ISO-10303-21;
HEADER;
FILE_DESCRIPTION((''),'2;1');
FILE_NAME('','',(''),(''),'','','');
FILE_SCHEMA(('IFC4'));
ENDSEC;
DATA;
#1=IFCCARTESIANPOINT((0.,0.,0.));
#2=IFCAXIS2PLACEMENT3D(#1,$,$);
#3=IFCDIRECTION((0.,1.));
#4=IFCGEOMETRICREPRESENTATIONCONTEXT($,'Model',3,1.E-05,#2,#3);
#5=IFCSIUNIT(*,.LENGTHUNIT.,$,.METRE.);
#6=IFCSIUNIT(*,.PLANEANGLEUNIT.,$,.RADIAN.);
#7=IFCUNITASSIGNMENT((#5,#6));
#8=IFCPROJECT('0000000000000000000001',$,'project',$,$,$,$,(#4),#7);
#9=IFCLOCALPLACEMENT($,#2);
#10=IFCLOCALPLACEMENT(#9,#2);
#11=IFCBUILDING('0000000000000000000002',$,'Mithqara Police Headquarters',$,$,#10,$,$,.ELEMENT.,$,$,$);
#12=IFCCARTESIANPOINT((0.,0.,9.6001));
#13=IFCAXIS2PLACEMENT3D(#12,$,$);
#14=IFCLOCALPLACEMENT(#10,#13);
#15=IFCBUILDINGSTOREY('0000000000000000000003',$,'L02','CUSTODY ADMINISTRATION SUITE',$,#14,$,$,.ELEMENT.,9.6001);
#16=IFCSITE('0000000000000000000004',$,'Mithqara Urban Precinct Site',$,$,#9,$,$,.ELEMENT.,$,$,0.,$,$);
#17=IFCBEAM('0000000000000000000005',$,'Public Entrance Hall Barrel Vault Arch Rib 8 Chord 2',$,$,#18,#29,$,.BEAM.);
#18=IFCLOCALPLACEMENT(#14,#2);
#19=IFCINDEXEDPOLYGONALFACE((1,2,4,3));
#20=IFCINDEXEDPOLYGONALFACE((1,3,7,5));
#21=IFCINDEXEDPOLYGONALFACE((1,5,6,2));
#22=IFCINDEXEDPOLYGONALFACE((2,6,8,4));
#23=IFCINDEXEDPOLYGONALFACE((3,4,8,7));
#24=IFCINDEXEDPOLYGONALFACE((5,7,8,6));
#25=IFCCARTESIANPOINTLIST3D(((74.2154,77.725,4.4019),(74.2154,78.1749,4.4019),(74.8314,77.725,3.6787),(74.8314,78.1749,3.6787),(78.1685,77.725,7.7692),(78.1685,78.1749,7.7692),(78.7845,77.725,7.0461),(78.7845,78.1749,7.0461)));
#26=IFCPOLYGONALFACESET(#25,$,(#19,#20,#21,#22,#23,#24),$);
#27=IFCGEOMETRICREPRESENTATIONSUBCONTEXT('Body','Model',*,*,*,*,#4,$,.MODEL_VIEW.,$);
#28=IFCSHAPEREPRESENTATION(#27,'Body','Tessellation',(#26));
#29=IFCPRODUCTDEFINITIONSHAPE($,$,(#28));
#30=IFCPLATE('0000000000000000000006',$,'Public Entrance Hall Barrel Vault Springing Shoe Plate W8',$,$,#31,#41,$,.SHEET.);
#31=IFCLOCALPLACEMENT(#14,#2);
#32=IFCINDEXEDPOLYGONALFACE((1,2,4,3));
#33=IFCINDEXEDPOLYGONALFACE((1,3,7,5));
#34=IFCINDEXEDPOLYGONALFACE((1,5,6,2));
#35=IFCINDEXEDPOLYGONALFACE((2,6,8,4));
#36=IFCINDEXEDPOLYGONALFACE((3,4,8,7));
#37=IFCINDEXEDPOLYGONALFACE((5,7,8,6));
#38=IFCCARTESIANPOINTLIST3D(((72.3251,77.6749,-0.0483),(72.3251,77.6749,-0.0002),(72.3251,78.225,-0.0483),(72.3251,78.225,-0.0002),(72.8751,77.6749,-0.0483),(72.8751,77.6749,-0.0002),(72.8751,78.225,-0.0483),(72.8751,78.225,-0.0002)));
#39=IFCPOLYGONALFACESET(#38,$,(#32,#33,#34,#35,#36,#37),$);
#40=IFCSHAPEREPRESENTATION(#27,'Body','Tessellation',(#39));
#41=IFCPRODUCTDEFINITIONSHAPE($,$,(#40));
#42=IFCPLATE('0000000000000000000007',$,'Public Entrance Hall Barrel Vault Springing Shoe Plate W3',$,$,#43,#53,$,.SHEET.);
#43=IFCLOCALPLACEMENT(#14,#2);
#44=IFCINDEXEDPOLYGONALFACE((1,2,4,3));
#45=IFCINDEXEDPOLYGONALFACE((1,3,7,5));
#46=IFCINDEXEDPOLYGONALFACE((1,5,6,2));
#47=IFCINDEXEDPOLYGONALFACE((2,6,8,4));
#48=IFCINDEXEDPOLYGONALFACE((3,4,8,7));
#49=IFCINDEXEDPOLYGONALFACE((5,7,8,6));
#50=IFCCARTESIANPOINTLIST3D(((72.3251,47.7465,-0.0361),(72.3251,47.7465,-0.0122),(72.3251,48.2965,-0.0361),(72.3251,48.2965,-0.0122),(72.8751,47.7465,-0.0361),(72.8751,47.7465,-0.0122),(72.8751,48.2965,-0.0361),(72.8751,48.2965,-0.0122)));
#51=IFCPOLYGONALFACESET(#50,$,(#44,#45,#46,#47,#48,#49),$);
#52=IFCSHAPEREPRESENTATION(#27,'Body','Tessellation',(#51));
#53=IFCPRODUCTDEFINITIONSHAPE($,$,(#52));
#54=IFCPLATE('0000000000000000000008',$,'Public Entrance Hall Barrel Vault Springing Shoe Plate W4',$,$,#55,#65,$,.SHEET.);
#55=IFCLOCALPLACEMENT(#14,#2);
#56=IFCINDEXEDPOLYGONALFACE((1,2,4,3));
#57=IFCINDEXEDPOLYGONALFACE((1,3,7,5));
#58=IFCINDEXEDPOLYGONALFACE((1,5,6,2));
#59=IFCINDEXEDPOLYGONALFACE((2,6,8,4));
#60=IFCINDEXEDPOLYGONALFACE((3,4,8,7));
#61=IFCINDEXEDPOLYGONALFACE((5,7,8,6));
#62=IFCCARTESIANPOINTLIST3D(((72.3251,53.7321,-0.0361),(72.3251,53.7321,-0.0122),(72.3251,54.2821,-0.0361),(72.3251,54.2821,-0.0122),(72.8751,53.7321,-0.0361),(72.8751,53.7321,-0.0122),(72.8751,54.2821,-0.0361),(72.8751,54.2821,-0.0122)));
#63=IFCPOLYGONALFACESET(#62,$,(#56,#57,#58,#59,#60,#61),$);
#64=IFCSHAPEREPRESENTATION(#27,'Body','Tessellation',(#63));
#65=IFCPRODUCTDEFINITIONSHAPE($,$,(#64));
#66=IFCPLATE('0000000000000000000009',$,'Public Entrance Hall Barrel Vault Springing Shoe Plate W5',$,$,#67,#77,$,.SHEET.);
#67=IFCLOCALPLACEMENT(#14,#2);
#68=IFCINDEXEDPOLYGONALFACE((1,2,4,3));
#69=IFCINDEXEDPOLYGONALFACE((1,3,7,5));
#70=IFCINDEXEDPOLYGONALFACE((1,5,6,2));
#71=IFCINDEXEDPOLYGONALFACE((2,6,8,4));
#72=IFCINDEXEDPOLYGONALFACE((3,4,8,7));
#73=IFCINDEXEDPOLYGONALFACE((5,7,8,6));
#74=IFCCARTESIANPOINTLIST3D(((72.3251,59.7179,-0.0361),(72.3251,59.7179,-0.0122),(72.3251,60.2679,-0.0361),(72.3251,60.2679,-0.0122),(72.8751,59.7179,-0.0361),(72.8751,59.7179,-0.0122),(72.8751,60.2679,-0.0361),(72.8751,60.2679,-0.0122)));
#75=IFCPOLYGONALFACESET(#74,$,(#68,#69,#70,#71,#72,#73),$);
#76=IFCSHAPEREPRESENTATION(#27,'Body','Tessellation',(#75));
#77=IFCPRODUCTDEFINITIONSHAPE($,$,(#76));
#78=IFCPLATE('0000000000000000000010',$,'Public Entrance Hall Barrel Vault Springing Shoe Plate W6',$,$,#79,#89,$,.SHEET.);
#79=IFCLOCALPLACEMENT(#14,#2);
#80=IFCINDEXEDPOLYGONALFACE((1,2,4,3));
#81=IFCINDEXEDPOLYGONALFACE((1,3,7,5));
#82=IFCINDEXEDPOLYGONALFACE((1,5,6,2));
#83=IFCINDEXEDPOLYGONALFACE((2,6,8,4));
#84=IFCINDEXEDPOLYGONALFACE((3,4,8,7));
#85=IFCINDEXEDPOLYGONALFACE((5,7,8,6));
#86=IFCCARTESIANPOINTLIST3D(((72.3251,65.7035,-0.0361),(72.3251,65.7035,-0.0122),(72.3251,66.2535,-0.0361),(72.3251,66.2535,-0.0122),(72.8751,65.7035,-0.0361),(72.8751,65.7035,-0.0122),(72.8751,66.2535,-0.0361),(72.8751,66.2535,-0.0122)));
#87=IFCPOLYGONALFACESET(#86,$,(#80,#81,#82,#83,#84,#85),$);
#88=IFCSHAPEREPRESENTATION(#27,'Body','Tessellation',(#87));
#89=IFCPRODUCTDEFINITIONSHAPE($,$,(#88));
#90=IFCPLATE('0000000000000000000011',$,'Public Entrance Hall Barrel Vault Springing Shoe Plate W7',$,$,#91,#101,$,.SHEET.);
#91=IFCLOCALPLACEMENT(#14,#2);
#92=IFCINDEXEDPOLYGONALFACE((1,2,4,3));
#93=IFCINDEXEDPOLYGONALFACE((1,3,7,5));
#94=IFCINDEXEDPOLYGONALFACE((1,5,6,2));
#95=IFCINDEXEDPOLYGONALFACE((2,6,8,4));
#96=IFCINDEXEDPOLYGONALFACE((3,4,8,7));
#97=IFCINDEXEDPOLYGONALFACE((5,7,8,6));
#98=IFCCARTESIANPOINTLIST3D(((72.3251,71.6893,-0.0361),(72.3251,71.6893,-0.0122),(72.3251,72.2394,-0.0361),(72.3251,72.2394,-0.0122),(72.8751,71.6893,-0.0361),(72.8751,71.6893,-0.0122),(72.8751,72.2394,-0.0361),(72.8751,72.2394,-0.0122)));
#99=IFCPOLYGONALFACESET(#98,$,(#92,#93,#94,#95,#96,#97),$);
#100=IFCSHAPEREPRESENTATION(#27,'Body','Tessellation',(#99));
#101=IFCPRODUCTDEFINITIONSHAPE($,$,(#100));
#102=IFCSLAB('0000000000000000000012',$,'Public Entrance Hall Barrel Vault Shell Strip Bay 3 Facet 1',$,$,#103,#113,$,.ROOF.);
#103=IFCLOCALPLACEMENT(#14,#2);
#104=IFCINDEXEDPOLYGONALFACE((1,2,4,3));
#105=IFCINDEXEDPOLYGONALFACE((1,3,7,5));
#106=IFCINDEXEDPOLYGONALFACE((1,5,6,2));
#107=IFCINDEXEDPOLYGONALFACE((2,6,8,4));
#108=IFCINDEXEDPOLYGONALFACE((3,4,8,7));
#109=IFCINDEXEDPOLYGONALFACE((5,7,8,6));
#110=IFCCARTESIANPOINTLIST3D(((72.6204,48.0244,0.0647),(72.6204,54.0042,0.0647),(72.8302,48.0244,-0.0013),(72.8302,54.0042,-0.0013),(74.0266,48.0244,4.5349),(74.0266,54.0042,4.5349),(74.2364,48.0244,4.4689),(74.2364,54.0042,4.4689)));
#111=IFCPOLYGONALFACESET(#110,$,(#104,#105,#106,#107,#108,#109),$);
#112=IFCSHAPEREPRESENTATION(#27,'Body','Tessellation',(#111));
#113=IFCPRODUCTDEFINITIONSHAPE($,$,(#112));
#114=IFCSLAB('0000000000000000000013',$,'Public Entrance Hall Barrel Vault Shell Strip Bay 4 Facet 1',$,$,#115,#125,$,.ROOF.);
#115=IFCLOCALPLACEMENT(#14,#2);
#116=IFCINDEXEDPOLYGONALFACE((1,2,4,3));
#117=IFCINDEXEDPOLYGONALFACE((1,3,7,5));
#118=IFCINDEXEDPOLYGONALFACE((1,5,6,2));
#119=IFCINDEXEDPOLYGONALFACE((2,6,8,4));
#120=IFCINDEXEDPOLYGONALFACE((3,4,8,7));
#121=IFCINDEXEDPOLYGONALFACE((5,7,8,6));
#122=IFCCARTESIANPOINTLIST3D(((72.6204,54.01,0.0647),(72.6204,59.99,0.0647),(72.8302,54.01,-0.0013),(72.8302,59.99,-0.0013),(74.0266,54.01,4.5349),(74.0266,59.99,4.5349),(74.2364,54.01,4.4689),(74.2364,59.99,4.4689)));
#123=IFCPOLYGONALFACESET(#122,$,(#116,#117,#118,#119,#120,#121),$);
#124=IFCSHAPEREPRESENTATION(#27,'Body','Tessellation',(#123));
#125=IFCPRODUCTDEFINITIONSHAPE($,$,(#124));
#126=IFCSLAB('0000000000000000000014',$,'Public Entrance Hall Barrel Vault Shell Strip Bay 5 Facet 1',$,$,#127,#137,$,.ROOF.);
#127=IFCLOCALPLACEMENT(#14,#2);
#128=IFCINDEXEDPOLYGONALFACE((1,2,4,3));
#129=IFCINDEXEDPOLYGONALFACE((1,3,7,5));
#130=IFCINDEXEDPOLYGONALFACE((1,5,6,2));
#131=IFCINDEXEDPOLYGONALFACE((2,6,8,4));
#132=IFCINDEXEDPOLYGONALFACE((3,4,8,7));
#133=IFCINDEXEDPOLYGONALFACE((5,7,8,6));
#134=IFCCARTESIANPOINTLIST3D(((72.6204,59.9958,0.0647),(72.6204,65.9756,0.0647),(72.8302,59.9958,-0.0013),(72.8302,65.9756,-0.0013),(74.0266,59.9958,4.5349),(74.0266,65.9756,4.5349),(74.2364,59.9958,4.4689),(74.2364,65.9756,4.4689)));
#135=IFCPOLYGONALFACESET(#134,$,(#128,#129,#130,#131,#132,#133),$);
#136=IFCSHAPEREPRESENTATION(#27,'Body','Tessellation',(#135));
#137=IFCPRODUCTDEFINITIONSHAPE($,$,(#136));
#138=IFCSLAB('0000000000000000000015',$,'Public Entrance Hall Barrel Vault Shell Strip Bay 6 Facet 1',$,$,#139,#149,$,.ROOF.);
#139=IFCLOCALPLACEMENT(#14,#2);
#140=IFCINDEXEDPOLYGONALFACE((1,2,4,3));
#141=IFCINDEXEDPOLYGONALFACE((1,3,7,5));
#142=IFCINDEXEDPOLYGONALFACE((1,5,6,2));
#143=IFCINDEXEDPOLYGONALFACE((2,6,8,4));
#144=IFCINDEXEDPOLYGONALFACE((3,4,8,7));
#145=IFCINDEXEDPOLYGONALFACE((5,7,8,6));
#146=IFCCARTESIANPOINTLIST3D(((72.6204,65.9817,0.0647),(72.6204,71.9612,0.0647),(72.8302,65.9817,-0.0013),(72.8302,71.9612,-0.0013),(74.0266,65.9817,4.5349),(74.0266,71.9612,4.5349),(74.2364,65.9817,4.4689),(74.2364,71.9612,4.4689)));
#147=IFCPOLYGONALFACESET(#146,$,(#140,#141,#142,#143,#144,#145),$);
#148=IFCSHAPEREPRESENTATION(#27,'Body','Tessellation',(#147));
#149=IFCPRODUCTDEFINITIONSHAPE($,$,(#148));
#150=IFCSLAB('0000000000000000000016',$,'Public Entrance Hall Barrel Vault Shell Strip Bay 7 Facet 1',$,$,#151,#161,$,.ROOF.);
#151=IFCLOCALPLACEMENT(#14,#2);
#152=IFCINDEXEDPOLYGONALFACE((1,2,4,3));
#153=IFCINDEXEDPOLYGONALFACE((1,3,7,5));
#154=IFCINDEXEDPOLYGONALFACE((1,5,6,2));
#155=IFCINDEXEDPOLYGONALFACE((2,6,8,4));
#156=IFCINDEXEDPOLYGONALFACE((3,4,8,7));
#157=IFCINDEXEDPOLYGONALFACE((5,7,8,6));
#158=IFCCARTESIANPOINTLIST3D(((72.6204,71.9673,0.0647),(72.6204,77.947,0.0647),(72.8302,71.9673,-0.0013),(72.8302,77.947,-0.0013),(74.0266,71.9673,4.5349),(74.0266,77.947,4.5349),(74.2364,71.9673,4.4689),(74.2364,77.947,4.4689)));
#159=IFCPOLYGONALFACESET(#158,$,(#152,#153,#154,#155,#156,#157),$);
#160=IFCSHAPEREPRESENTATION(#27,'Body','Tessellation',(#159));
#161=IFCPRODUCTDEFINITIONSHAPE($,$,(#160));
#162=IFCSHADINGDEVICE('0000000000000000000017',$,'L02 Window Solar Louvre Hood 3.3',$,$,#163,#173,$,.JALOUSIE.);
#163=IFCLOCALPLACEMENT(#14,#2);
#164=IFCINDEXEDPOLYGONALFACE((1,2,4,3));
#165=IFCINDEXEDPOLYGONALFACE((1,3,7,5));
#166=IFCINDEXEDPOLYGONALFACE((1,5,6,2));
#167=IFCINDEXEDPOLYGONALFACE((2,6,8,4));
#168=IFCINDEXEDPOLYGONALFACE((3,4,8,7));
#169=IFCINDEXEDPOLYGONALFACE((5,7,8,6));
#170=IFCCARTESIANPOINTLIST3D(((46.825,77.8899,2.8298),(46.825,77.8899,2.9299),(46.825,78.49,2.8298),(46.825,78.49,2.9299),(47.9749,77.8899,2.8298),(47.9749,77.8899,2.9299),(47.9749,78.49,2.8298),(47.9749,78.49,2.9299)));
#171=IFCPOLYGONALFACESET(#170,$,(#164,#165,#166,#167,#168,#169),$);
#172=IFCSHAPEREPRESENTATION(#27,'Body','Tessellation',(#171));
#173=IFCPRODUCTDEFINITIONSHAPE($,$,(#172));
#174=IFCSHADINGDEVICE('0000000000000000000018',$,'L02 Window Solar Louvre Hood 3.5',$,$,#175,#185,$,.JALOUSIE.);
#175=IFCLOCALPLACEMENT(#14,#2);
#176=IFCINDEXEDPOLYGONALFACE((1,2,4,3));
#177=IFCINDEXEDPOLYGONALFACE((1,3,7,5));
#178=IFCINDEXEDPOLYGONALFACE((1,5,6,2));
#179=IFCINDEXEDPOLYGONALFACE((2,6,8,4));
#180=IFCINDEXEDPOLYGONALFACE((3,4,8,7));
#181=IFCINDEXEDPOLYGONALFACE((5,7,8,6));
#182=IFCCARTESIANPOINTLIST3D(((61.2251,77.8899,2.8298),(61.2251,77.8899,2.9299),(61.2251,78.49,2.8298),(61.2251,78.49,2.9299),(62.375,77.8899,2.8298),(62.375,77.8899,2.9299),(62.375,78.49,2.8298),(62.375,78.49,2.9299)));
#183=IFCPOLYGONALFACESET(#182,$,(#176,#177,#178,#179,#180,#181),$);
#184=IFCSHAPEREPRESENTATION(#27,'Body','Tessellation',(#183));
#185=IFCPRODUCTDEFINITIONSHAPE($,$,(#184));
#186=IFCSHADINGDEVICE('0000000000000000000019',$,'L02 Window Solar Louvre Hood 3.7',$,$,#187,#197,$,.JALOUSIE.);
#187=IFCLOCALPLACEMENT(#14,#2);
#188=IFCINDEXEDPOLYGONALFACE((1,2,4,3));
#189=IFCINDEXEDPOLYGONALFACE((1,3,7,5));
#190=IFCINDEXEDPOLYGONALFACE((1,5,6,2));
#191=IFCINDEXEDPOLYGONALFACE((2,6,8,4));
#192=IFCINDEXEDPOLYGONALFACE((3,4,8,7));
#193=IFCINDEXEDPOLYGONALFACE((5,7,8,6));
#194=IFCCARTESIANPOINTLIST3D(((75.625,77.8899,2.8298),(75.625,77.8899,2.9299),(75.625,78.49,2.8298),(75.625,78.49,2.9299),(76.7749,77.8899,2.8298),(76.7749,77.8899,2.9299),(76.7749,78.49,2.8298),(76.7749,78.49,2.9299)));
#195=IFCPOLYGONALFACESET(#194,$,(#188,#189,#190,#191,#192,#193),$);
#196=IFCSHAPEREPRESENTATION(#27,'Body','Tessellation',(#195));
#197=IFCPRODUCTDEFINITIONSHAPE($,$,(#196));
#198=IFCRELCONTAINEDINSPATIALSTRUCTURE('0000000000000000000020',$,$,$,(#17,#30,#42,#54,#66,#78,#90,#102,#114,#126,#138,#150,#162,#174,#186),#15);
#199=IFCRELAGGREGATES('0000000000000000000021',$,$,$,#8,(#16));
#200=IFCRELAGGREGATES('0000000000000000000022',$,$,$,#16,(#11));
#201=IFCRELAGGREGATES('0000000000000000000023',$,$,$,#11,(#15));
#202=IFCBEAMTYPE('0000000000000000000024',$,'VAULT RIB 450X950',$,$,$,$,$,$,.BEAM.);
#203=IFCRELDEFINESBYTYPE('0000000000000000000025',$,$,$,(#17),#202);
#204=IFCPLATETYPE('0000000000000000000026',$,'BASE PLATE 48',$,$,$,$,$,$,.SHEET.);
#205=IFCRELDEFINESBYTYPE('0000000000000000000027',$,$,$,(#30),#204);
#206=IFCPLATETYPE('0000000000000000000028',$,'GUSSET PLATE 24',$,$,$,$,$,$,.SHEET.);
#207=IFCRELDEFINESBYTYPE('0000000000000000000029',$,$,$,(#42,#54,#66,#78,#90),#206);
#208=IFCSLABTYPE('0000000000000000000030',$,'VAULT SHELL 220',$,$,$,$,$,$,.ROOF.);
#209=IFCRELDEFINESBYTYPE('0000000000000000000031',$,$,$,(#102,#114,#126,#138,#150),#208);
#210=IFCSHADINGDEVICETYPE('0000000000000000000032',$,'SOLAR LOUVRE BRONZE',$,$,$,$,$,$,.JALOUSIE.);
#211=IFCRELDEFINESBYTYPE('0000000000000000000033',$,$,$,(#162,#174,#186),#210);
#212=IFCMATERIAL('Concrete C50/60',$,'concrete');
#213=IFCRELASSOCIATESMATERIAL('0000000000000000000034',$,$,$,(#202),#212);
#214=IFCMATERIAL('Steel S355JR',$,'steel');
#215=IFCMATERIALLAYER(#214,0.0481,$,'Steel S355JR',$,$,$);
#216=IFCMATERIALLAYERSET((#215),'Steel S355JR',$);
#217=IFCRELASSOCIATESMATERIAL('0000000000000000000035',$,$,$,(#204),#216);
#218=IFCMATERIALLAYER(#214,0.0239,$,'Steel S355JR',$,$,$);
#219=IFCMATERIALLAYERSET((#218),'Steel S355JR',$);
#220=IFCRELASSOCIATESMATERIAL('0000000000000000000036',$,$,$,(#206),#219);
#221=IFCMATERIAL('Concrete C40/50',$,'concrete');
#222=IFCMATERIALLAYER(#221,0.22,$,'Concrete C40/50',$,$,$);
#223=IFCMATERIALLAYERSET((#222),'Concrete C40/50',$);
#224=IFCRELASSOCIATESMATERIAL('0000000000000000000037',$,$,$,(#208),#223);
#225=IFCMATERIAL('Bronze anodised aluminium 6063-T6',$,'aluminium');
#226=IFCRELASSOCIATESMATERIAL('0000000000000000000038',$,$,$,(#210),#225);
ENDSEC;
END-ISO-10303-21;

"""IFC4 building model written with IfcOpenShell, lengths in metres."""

from ifc_helpers import new_model, si_unit, direction, frame, origin, origin_2d, place, context, subcontext, project, spatial, polyline, rectangle, outline, extrude, material, layer, layer_set, material_profile, profile_set, type_object, element, save


model = new_model("IFC4")

# Units and contexts
model_context = context("Model", 3, precision=1e-05, world=origin(), true_north=direction((0.0, 1.0)))
body_context = subcontext(model_context, "Body", "Model", "MODEL_VIEW")
ifc_project = project(units=[si_unit("LENGTHUNIT", "METRE"), si_unit("PLANEANGLEUNIT", "RADIAN")], contexts=[model_context])

# Site, building, storey
site_placement = place(None, origin())
site = spatial("IfcSite", under=ifc_project, at=site_placement, Name="Mithqara Urban Precinct Site", CompositionType="ELEMENT", RefElevation=0.0)
building_placement = place(site_placement, origin())
building = spatial("IfcBuilding", under=site, at=building_placement, Name="Mithqara Police Headquarters", CompositionType="ELEMENT")
storey_placement = place(building_placement, frame((0.0, 0.0, 9.6001)))
storey = spatial("IfcBuildingStorey", under=building, at=storey_placement, Name="L02", Description="CUSTODY ADMINISTRATION SUITE", CompositionType="ELEMENT", Elevation=9.6001)

# Shared definitions
ifc_material_1 = material(Name="Concrete C50/60", Category="concrete")

# Beam
ifc_material_2 = material(Name="Concrete C40/50", Category="concrete")
ifc_material_profile_1 = material_profile(ifc_material_1, rectangle(XDim=0.45, YDim=0.95, at=origin_2d()), Name="RIB 450x950")
ifc_profile_set_1 = profile_set([ifc_material_profile_1], Name="Concrete C50/60")
beam_type_1 = type_object("IfcBeamType", Name="VAULT RIB 450X950", PredefinedType="BEAM", material=ifc_profile_set_1)
beam_1_placement = place(storey_placement, frame((74.5234, 77.95, 4.0403), z_axis=(0.761248, 0.0, 0.648461), x_axis=(0.0, 1.0, 0.0)))
element("IfcBeam", 1, at=beam_1_placement, inside=storey, type_object=beam_type_1, Name="Public Entrance Hall Barrel Vault Arch Rib 8 Chord 2", PredefinedType="BEAM", context=body_context, shape_type="SweptSolid", body=[
    extrude(rectangle(XDim=0.45, YDim=0.95, at=origin_2d()), origin(), (0.0, 0.0, 1.0), 5.1929),
])

# Plates
ifc_material_3 = material(Name="Steel S355JR", Category="steel")
ifc_layer_1 = layer(ifc_material_3, 0.0481, Name="Steel S355JR")
ifc_layer_set_1 = layer_set([ifc_layer_1], Name="Steel S355JR")
plate_type_1 = type_object("IfcPlateType", Name="BASE PLATE 48", PredefinedType="SHEET", material=ifc_layer_set_1)
plate_placement = place(storey_placement, frame((72.6001, 77.95, -0.0483), z_axis=(0.0, 0.0, 1.0), x_axis=(1.0, 0.0, 0.0)))
element("IfcPlate", 2, at=plate_placement, inside=storey, type_object=plate_type_1, Name="Public Entrance Hall Barrel Vault Springing Shoe Plate W8", PredefinedType="SHEET", context=body_context, shape_type="SweptSolid", body=[
    extrude(rectangle(XDim=0.55, YDim=0.55, at=origin_2d()), origin(), (0.0, 0.0, 1.0), 0.0481),
])
ifc_layer_2 = layer(ifc_material_3, 0.0239, Name="Steel S355JR")
ifc_layer_set_2 = layer_set([ifc_layer_2], Name="Steel S355JR")
plate_type_2 = type_object("IfcPlateType", Name="GUSSET PLATE 24", PredefinedType="SHEET", material=ifc_layer_set_2)
for number, where, z_axis, x_axis, name in (
    (3, (72.6001, 48.0215, -0.0361), (0.0, 0.0, 1.0), (1.0, 0.0, 0.0), "Public Entrance Hall Barrel Vault Springing Shoe Plate W3"),
    (4, (72.6001, 54.0071, -0.0361), (0.0, 0.0, 1.0), (1.0, 0.0, 0.0), "Public Entrance Hall Barrel Vault Springing Shoe Plate W4"),
    (5, (72.6001, 59.9929, -0.0361), (0.0, 0.0, 1.0), (1.0, 0.0, 0.0), "Public Entrance Hall Barrel Vault Springing Shoe Plate W5"),
    (6, (72.6001, 65.9785, -0.0361), (0.0, 0.0, 1.0), (1.0, 0.0, 0.0), "Public Entrance Hall Barrel Vault Springing Shoe Plate W6"),
    (7, (72.6001, 71.9644, -0.0361), (0.0, 0.0, 1.0), (1.0, 0.0, 0.0), "Public Entrance Hall Barrel Vault Springing Shoe Plate W7"),
):
    element("IfcPlate", number, at=place(storey_placement, frame(where, z_axis=z_axis, x_axis=x_axis)), inside=storey, type_object=plate_type_2, Name=name, PredefinedType="SHEET", context=body_context, shape_type="SweptSolid", body=[
        extrude(rectangle(XDim=0.55, YDim=0.55, at=origin_2d()), origin(), (0.0, 0.0, 1.0), 0.0239),
    ])

# Slabs
ifc_layer_3 = layer(ifc_material_2, 0.22, Name="Concrete C40/50")
ifc_layer_set_3 = layer_set([ifc_layer_3], Name="Concrete C40/50")
slab_type = type_object("IfcSlabType", Name="VAULT SHELL 220", PredefinedType="ROOF", material=ifc_layer_set_3)
slab_1_placement = place(storey_placement, frame((72.6204, 48.0244, 0.0647), z_axis=(-0.953913, 0.0, 0.300084), x_axis=(0.300084, 0.0, 0.953913)))
element("IfcSlab", 8, at=slab_1_placement, inside=storey, type_object=slab_type, Name="Public Entrance Hall Barrel Vault Shell Strip Bay 3 Facet 1", PredefinedType="ROOF", context=body_context, shape_type="SweptSolid", body=[
    extrude(outline(polyline([(0.0, 0.0), (4.6862, 0.0), (4.6862, 5.9797), (0.0, 5.9797), (0.0, 0.0)])), origin(), (0.0, 0.0, -1.0), 0.22),
])
slab_2_placement = place(storey_placement, frame((72.6204, 54.01, 0.0647), z_axis=(-0.953913, 0.0, 0.300084), x_axis=(0.300084, 0.0, 0.953913)))
element("IfcSlab", 9, at=slab_2_placement, inside=storey, type_object=slab_type, Name="Public Entrance Hall Barrel Vault Shell Strip Bay 4 Facet 1", PredefinedType="ROOF", context=body_context, shape_type="SweptSolid", body=[
    extrude(outline(polyline([(0.0, 0.0), (4.6862, 0.0), (4.6862, 5.98), (0.0, 5.98), (0.0, 0.0)])), origin(), (0.0, 0.0, -1.0), 0.22),
])
slab_3_placement = place(storey_placement, frame((72.6204, 59.9958, 0.0647), z_axis=(-0.953913, 0.0, 0.300084), x_axis=(0.300084, 0.0, 0.953913)))
element("IfcSlab", 10, at=slab_3_placement, inside=storey, type_object=slab_type, Name="Public Entrance Hall Barrel Vault Shell Strip Bay 5 Facet 1", PredefinedType="ROOF", context=body_context, shape_type="SweptSolid", body=[
    extrude(outline(polyline([(0.0, 0.0), (4.6862, 0.0), (4.6862, 5.9797), (0.0, 5.9797), (0.0, 0.0)])), origin(), (0.0, 0.0, -1.0), 0.22),
])
slab_4_placement = place(storey_placement, frame((72.6204, 65.9817, 0.0647), z_axis=(-0.953913, 0.0, 0.300084), x_axis=(0.300084, 0.0, 0.953913)))
element("IfcSlab", 11, at=slab_4_placement, inside=storey, type_object=slab_type, Name="Public Entrance Hall Barrel Vault Shell Strip Bay 6 Facet 1", PredefinedType="ROOF", context=body_context, shape_type="SweptSolid", body=[
    extrude(outline(polyline([(0.0, 0.0), (4.6862, 0.0), (4.6862, 5.9795), (0.0, 5.9795), (0.0, 0.0)])), origin(), (0.0, 0.0, -1.0), 0.22),
])
slab_5_placement = place(storey_placement, frame((72.6204, 71.9673, 0.0647), z_axis=(-0.953913, 0.0, 0.300084), x_axis=(0.300084, 0.0, 0.953913)))
element("IfcSlab", 12, at=slab_5_placement, inside=storey, type_object=slab_type, Name="Public Entrance Hall Barrel Vault Shell Strip Bay 7 Facet 1", PredefinedType="ROOF", context=body_context, shape_type="SweptSolid", body=[
    extrude(outline(polyline([(0.0, 0.0), (4.6862, 0.0), (4.6862, 5.9797), (0.0, 5.9797), (0.0, 0.0)])), origin(), (0.0, 0.0, -1.0), 0.22),
])

# Shading devices
ifc_material_4 = material(Name="Bronze anodised aluminium 6063-T6", Category="aluminium")
shading_device_type = type_object("IfcShadingDeviceType", Name="SOLAR LOUVRE BRONZE", PredefinedType="JALOUSIE", material=ifc_material_4)
for number, where, z_axis, x_axis, name in (
    (13, (47.3999, 78.1899, 2.8298), (0.0, 0.0, 1.0), (1.0, 0.0, 0.0), "L02 Window Solar Louvre Hood 3.3"),
    (14, (61.8, 78.1899, 2.8298), (0.0, 0.0, 1.0), (1.0, 0.0, 0.0), "L02 Window Solar Louvre Hood 3.5"),
    (15, (76.2, 78.1899, 2.8298), (0.0, 0.0, 1.0), (1.0, 0.0, 0.0), "L02 Window Solar Louvre Hood 3.7"),
):
    element("IfcShadingDevice", number, at=place(storey_placement, frame(where, z_axis=z_axis, x_axis=x_axis)), inside=storey, type_object=shading_device_type, Name=name, PredefinedType="JALOUSIE", context=body_context, shape_type="SweptSolid", body=[
        extrude(rectangle(XDim=1.1499, YDim=0.6001, at=origin_2d()), origin(), (0.0, 0.0, 1.0), 0.1001),
    ])

save(model, "model.ifc")
